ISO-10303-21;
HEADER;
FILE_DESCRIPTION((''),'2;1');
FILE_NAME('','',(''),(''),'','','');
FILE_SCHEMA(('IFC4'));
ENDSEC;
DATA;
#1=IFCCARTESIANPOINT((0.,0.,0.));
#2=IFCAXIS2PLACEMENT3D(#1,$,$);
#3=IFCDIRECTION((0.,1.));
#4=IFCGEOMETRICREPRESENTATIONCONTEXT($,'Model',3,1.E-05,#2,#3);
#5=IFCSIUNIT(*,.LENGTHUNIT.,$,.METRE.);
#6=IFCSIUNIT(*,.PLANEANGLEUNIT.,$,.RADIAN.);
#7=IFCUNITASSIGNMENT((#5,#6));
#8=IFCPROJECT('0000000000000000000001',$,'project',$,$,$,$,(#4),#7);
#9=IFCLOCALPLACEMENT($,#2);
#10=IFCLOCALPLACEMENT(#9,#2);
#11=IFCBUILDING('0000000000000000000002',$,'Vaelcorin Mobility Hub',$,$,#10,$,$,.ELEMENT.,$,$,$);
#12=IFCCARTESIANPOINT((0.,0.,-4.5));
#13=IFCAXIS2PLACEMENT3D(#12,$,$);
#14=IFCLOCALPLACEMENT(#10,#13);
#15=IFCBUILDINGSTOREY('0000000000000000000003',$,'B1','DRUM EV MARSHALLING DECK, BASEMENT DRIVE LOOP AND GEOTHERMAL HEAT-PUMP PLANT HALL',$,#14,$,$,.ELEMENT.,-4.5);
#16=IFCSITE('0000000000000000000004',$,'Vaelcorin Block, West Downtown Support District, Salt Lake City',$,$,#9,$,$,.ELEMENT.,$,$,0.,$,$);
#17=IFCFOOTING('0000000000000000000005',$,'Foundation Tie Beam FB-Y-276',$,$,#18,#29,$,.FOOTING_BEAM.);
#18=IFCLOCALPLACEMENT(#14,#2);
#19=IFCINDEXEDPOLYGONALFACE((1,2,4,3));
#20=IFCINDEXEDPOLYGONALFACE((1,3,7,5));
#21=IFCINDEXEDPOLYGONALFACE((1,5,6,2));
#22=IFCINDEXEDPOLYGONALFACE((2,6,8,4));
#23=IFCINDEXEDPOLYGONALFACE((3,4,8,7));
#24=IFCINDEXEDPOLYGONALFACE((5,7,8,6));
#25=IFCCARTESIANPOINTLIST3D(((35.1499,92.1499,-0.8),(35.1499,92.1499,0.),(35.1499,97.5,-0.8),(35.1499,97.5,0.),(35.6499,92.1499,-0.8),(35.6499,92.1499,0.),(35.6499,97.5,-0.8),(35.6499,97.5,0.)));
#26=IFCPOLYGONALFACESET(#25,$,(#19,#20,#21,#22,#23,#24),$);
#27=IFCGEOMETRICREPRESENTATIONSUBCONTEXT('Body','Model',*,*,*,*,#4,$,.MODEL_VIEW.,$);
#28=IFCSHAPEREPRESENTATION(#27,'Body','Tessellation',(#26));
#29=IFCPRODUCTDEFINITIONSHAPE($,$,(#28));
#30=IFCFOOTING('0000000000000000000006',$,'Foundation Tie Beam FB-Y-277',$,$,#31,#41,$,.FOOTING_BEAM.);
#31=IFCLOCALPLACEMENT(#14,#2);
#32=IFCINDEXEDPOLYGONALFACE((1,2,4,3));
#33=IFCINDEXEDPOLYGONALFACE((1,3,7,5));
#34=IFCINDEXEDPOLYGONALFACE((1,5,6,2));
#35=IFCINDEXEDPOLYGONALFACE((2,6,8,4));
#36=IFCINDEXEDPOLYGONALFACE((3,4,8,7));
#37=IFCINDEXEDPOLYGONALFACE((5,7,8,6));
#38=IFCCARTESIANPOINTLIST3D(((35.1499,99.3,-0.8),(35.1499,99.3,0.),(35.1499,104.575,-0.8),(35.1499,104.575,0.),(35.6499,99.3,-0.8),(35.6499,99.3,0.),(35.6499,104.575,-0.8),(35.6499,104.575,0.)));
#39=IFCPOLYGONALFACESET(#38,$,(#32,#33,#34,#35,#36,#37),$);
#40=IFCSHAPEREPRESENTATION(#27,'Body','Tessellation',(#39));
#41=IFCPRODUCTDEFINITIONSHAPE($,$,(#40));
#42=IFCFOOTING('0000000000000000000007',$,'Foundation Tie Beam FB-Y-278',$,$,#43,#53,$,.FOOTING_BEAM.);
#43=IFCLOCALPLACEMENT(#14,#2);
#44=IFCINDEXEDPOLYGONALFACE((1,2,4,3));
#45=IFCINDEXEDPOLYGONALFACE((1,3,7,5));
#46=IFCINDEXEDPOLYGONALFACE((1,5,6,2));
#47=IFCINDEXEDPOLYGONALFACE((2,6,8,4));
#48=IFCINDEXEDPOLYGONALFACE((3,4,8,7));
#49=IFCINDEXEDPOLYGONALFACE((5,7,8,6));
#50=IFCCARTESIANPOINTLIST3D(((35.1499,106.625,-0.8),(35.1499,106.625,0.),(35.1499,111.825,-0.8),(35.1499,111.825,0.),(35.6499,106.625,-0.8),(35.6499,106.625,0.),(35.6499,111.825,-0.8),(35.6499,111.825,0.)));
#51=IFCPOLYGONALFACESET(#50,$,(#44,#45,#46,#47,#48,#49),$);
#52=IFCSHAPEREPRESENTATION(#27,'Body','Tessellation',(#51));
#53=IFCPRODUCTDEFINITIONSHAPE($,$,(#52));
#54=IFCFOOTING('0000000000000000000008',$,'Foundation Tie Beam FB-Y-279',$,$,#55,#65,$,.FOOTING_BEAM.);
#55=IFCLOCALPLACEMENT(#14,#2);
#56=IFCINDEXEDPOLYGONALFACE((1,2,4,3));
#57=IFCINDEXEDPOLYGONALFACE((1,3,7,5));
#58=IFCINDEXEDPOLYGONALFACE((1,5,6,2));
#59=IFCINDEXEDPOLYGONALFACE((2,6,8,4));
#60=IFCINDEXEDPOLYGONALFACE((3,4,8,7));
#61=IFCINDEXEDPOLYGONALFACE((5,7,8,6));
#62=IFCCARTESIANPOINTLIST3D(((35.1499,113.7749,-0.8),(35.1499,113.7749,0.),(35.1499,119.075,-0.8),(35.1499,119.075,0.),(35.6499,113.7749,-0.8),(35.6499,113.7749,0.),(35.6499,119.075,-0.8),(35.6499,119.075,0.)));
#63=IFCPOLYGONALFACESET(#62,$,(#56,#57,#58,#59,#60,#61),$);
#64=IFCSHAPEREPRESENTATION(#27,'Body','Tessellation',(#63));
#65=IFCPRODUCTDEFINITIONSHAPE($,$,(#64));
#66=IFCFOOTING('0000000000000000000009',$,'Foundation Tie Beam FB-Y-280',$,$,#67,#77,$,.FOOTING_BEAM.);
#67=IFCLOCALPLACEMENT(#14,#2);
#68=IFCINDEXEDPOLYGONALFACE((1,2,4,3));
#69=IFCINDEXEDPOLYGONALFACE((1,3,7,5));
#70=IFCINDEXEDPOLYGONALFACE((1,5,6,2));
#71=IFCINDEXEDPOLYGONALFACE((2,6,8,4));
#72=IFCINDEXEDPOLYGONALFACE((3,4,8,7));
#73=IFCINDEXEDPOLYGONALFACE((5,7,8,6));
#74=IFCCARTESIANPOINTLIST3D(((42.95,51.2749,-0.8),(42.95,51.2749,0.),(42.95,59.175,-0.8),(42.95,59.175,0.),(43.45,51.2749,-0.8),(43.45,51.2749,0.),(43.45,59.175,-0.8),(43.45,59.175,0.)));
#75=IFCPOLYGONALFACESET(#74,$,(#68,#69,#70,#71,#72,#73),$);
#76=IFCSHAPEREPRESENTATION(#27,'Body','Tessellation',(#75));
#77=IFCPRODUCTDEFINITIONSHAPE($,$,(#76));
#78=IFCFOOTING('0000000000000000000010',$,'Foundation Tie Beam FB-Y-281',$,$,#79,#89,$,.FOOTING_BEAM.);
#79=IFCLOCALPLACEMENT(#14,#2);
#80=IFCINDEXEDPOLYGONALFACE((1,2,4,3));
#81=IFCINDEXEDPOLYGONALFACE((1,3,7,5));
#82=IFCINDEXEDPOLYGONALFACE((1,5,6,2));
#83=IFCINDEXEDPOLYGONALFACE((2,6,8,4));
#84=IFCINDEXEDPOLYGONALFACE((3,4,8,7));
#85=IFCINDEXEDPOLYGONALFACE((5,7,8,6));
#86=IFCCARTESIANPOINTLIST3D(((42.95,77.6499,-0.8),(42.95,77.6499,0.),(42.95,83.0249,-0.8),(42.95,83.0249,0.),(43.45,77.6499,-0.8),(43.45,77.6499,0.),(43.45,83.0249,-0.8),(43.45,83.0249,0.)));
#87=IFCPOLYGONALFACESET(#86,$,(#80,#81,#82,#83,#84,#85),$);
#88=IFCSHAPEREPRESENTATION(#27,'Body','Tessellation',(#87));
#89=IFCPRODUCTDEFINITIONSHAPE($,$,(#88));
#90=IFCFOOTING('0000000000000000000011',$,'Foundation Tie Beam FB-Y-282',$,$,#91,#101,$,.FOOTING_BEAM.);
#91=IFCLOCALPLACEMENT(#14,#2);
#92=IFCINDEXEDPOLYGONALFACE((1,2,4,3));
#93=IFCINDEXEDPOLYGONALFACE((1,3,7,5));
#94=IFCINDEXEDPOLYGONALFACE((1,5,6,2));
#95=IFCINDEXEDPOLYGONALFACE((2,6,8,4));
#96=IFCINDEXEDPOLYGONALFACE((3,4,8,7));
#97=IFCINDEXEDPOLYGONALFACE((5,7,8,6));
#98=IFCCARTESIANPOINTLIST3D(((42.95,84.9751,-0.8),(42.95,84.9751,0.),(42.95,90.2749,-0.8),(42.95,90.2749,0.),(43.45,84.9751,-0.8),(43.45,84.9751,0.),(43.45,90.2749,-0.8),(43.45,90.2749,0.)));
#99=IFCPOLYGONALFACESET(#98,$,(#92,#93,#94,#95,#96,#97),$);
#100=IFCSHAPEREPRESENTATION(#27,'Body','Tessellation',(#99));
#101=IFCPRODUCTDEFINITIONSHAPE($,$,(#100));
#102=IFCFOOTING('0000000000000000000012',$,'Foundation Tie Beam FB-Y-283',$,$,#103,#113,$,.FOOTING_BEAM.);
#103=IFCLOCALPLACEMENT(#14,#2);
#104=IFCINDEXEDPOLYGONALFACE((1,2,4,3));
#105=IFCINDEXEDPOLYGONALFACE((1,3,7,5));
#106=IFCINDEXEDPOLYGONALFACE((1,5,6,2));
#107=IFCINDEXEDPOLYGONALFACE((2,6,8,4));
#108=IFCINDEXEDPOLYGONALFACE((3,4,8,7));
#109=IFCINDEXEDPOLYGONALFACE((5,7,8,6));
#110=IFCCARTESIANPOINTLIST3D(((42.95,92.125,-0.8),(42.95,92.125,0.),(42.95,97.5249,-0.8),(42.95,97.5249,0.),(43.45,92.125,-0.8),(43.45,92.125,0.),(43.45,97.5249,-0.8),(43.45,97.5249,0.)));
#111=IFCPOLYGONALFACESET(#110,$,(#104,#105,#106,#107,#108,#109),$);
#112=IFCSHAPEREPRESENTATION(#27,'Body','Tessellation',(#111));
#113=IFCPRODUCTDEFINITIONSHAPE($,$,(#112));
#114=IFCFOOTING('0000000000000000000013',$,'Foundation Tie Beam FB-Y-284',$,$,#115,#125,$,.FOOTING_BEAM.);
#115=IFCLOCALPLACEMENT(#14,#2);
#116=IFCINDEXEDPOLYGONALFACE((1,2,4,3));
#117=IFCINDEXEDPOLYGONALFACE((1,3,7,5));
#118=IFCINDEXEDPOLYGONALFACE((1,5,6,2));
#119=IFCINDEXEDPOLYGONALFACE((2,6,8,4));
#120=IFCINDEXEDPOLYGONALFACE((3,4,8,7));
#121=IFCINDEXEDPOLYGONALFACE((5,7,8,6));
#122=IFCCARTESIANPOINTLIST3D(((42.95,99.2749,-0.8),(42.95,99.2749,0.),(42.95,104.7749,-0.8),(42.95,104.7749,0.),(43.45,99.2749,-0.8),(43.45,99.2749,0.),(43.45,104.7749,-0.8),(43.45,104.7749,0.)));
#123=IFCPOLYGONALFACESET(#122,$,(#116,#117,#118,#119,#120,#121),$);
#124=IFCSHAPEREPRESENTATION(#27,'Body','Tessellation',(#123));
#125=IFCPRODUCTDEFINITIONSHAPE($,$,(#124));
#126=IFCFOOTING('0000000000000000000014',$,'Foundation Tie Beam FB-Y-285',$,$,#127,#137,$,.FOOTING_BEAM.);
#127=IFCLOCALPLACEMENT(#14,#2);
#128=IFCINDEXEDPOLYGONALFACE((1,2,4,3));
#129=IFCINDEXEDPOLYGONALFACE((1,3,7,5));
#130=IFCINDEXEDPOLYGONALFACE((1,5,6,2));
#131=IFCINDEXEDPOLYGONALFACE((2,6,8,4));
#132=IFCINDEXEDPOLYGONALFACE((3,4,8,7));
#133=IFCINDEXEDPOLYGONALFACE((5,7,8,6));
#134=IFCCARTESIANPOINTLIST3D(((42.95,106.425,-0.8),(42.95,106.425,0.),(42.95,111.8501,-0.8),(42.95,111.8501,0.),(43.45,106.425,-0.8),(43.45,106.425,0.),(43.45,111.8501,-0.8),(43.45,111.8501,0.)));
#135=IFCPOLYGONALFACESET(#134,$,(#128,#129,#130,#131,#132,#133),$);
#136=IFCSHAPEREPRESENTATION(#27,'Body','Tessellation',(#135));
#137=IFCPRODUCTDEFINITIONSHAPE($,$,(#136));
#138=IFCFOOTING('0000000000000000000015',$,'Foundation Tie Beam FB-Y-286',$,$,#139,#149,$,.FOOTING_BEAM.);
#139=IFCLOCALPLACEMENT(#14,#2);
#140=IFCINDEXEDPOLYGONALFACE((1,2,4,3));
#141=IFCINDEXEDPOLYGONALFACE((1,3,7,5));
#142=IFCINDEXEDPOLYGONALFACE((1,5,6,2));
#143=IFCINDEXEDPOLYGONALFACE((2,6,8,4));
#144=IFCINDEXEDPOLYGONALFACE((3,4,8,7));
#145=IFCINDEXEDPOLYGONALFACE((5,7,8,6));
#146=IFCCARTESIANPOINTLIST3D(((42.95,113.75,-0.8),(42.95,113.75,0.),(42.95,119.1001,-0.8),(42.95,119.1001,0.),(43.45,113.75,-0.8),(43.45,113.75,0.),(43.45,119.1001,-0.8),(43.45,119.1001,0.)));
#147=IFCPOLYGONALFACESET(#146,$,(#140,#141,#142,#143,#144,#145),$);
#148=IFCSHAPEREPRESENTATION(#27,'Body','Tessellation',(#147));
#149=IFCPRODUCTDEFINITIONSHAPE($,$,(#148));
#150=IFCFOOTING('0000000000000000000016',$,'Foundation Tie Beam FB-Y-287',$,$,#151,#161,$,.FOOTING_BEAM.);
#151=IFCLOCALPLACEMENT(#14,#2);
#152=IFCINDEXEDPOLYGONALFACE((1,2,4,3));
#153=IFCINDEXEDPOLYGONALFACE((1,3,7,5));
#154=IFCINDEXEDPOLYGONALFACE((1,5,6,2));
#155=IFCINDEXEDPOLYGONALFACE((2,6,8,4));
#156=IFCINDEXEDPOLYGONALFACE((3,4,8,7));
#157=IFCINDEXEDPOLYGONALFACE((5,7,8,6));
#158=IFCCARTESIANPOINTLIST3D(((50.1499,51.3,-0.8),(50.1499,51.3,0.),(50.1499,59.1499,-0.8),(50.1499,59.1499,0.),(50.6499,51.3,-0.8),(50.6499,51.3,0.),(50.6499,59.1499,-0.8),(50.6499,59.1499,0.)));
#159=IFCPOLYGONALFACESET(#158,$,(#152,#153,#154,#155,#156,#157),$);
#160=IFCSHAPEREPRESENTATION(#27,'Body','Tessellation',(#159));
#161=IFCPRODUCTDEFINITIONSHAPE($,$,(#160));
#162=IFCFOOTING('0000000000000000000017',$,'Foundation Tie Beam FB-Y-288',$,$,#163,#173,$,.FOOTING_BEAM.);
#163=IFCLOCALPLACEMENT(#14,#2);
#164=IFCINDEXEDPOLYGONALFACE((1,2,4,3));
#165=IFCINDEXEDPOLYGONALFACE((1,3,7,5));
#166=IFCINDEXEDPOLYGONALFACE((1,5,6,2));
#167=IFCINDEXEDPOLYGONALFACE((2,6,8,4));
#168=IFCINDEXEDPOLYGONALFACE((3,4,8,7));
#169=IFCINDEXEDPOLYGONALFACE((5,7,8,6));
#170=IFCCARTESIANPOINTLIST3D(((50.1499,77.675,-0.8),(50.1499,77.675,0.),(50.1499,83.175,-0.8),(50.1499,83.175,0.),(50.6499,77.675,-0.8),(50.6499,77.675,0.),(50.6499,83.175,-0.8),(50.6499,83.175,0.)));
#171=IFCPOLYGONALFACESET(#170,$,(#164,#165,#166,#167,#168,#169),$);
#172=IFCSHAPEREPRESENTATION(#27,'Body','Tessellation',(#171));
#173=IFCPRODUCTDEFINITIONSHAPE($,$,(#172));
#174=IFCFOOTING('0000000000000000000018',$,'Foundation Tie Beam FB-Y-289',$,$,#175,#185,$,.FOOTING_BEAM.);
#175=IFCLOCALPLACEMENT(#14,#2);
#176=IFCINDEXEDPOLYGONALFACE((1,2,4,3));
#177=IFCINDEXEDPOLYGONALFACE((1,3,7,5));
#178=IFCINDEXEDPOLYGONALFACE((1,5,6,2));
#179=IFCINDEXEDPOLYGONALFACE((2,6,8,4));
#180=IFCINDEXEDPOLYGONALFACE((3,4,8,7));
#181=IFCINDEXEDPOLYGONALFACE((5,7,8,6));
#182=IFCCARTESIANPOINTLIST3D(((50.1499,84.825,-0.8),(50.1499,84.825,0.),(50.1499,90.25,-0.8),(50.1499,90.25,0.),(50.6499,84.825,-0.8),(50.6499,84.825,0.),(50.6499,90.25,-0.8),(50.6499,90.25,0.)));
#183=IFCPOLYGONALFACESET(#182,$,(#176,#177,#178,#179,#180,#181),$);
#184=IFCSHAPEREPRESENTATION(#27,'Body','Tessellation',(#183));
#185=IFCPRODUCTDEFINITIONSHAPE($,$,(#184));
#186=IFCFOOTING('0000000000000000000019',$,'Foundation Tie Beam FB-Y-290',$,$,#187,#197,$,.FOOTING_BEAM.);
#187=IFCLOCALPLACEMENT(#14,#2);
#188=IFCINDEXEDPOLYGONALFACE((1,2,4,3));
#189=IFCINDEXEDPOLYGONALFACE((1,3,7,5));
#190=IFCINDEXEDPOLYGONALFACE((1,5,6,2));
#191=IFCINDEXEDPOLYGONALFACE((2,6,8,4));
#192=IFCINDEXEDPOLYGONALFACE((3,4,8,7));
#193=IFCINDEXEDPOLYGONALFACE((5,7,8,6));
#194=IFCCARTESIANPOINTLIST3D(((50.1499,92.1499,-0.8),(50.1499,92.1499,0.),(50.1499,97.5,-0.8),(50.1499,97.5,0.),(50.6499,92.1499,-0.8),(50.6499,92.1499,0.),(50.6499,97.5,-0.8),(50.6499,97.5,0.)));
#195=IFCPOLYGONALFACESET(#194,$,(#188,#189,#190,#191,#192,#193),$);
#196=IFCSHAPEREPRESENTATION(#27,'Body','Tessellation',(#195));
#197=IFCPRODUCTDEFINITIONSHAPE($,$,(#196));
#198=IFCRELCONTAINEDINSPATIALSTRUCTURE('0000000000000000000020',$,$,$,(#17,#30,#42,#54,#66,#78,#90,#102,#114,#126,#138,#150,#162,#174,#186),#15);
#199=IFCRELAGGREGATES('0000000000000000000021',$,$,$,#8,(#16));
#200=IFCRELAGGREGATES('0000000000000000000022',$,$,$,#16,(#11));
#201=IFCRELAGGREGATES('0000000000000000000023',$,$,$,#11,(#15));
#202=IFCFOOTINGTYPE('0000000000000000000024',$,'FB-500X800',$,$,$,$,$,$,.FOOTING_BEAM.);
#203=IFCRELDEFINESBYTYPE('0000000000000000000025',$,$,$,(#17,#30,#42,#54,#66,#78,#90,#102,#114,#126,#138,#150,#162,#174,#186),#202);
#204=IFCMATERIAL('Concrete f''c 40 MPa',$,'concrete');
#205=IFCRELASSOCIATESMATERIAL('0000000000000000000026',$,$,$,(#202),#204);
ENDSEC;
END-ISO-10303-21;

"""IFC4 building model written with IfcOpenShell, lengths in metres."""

from ifc_helpers import new_model, si_unit, direction, frame, origin, place, context, subcontext, project, spatial, polyline, outline, extrude, material, type_object, element, save


model = new_model("IFC4")

# Units and contexts
model_context = context("Model", 3, precision=1e-05, world=origin(), true_north=direction((0.0, 1.0)))
body_context = subcontext(model_context, "Body", "Model", "MODEL_VIEW")
ifc_project = project(units=[si_unit("LENGTHUNIT", "METRE"), si_unit("PLANEANGLEUNIT", "RADIAN")], contexts=[model_context])

# Site, building, storey
site_placement = place(None, origin())
site = spatial("IfcSite", under=ifc_project, at=site_placement, Name="Vaelcorin Block, West Downtown Support District, Salt Lake City", CompositionType="ELEMENT", RefElevation=0.0)
building_placement = place(site_placement, origin())
building = spatial("IfcBuilding", under=site, at=building_placement, Name="Vaelcorin Mobility Hub", CompositionType="ELEMENT")
storey_placement = place(building_placement, frame((0.0, 0.0, -4.5)))
storey = spatial("IfcBuildingStorey", under=building, at=storey_placement, Name="B1", Description="DRUM EV MARSHALLING DECK, BASEMENT DRIVE LOOP AND GEOTHERMAL HEAT-PUMP PLANT HALL", CompositionType="ELEMENT", Elevation=-4.5)

# Footings
ifc_material = material(Name="Concrete f'c 40 MPa", Category="concrete")
footing_type = type_object("IfcFootingType", Name="FB-500X800", PredefinedType="FOOTING_BEAM", material=ifc_material)
footing_1_placement = place(storey_placement, frame((0.0, 0.0, -0.8)))
element("IfcFooting", 1, at=footing_1_placement, inside=storey, type_object=footing_type, Name="Foundation Tie Beam FB-Y-276", PredefinedType="FOOTING_BEAM", context=body_context, shape_type="SweptSolid", body=[
    extrude(outline(polyline([(35.1499, 92.1499), (35.6499, 92.1499), (35.6499, 97.5), (35.1499, 97.5), (35.1499, 92.1499)])), origin(), (0.0, 0.0, 1.0), 0.8),
])
footing_2_placement = place(storey_placement, frame((0.0, 0.0, -0.8)))
element("IfcFooting", 2, at=footing_2_placement, inside=storey, type_object=footing_type, Name="Foundation Tie Beam FB-Y-277", PredefinedType="FOOTING_BEAM", context=body_context, shape_type="SweptSolid", body=[
    extrude(outline(polyline([(35.1499, 99.3), (35.6499, 99.3), (35.6499, 104.575), (35.1499, 104.575), (35.1499, 99.3)])), origin(), (0.0, 0.0, 1.0), 0.8),
])
footing_3_placement = place(storey_placement, frame((0.0, 0.0, -0.8)))
element("IfcFooting", 3, at=footing_3_placement, inside=storey, type_object=footing_type, Name="Foundation Tie Beam FB-Y-278", PredefinedType="FOOTING_BEAM", context=body_context, shape_type="SweptSolid", body=[
    extrude(outline(polyline([(35.1499, 106.625), (35.6499, 106.625), (35.6499, 111.825), (35.1499, 111.825), (35.1499, 106.625)])), origin(), (0.0, 0.0, 1.0), 0.8),
])
footing_4_placement = place(storey_placement, frame((0.0, 0.0, -0.8)))
element("IfcFooting", 4, at=footing_4_placement, inside=storey, type_object=footing_type, Name="Foundation Tie Beam FB-Y-279", PredefinedType="FOOTING_BEAM", context=body_context, shape_type="SweptSolid", body=[
    extrude(outline(polyline([(35.1499, 113.7749), (35.6499, 113.7749), (35.6499, 119.075), (35.1499, 119.075), (35.1499, 113.7749)])), origin(), (0.0, 0.0, 1.0), 0.8),
])
footing_5_placement = place(storey_placement, frame((0.0, 0.0, -0.8)))
element("IfcFooting", 5, at=footing_5_placement, inside=storey, type_object=footing_type, Name="Foundation Tie Beam FB-Y-280", PredefinedType="FOOTING_BEAM", context=body_context, shape_type="SweptSolid", body=[
    extrude(outline(polyline([(42.95, 51.2749), (43.45, 51.2749), (43.45, 59.175), (42.95, 59.175), (42.95, 51.2749)])), origin(), (0.0, 0.0, 1.0), 0.8),
])
footing_6_placement = place(storey_placement, frame((0.0, 0.0, -0.8)))
element("IfcFooting", 6, at=footing_6_placement, inside=storey, type_object=footing_type, Name="Foundation Tie Beam FB-Y-281", PredefinedType="FOOTING_BEAM", context=body_context, shape_type="SweptSolid", body=[
    extrude(outline(polyline([(42.95, 77.6499), (43.45, 77.6499), (43.45, 83.0249), (42.95, 83.0249), (42.95, 77.6499)])), origin(), (0.0, 0.0, 1.0), 0.8),
])
footing_7_placement = place(storey_placement, frame((0.0, 0.0, -0.8)))
element("IfcFooting", 7, at=footing_7_placement, inside=storey, type_object=footing_type, Name="Foundation Tie Beam FB-Y-282", PredefinedType="FOOTING_BEAM", context=body_context, shape_type="SweptSolid", body=[
    extrude(outline(polyline([(42.95, 84.9751), (43.45, 84.9751), (43.45, 90.2749), (42.95, 90.2749), (42.95, 84.9751)])), origin(), (0.0, 0.0, 1.0), 0.8),
])
footing_8_placement = place(storey_placement, frame((0.0, 0.0, -0.8)))
element("IfcFooting", 8, at=footing_8_placement, inside=storey, type_object=footing_type, Name="Foundation Tie Beam FB-Y-283", PredefinedType="FOOTING_BEAM", context=body_context, shape_type="SweptSolid", body=[
    extrude(outline(polyline([(42.95, 92.125), (43.45, 92.125), (43.45, 97.5249), (42.95, 97.5249), (42.95, 92.125)])), origin(), (0.0, 0.0, 1.0), 0.8),
])
footing_9_placement = place(storey_placement, frame((0.0, 0.0, -0.8)))
element("IfcFooting", 9, at=footing_9_placement, inside=storey, type_object=footing_type, Name="Foundation Tie Beam FB-Y-284", PredefinedType="FOOTING_BEAM", context=body_context, shape_type="SweptSolid", body=[
    extrude(outline(polyline([(42.95, 99.2749), (43.45, 99.2749), (43.45, 104.7749), (42.95, 104.7749), (42.95, 99.2749)])), origin(), (0.0, 0.0, 1.0), 0.8),
])
footing_10_placement = place(storey_placement, frame((0.0, 0.0, -0.8)))
element("IfcFooting", 10, at=footing_10_placement, inside=storey, type_object=footing_type, Name="Foundation Tie Beam FB-Y-285", PredefinedType="FOOTING_BEAM", context=body_context, shape_type="SweptSolid", body=[
    extrude(outline(polyline([(42.95, 106.425), (43.45, 106.425), (43.45, 111.8501), (42.95, 111.8501), (42.95, 106.425)])), origin(), (0.0, 0.0, 1.0), 0.8),
])
footing_11_placement = place(storey_placement, frame((0.0, 0.0, -0.8)))
element("IfcFooting", 11, at=footing_11_placement, inside=storey, type_object=footing_type, Name="Foundation Tie Beam FB-Y-286", PredefinedType="FOOTING_BEAM", context=body_context, shape_type="SweptSolid", body=[
    extrude(outline(polyline([(42.95, 113.75), (43.45, 113.75), (43.45, 119.1001), (42.95, 119.1001), (42.95, 113.75)])), origin(), (0.0, 0.0, 1.0), 0.8),
])
footing_12_placement = place(storey_placement, frame((0.0, 0.0, -0.8)))
element("IfcFooting", 12, at=footing_12_placement, inside=storey, type_object=footing_type, Name="Foundation Tie Beam FB-Y-287", PredefinedType="FOOTING_BEAM", context=body_context, shape_type="SweptSolid", body=[
    extrude(outline(polyline([(50.1499, 51.3), (50.6499, 51.3), (50.6499, 59.1499), (50.1499, 59.1499), (50.1499, 51.3)])), origin(), (0.0, 0.0, 1.0), 0.8),
])
footing_13_placement = place(storey_placement, frame((0.0, 0.0, -0.8)))
element("IfcFooting", 13, at=footing_13_placement, inside=storey, type_object=footing_type, Name="Foundation Tie Beam FB-Y-288", PredefinedType="FOOTING_BEAM", context=body_context, shape_type="SweptSolid", body=[
    extrude(outline(polyline([(50.1499, 77.675), (50.6499, 77.675), (50.6499, 83.175), (50.1499, 83.175), (50.1499, 77.675)])), origin(), (0.0, 0.0, 1.0), 0.8),
])
footing_14_placement = place(storey_placement, frame((0.0, 0.0, -0.8)))
element("IfcFooting", 14, at=footing_14_placement, inside=storey, type_object=footing_type, Name="Foundation Tie Beam FB-Y-289", PredefinedType="FOOTING_BEAM", context=body_context, shape_type="SweptSolid", body=[
    extrude(outline(polyline([(50.1499, 84.825), (50.6499, 84.825), (50.6499, 90.25), (50.1499, 90.25), (50.1499, 84.825)])), origin(), (0.0, 0.0, 1.0), 0.8),
])
footing_15_placement = place(storey_placement, frame((0.0, 0.0, -0.8)))
element("IfcFooting", 15, at=footing_15_placement, inside=storey, type_object=footing_type, Name="Foundation Tie Beam FB-Y-290", PredefinedType="FOOTING_BEAM", context=body_context, shape_type="SweptSolid", body=[
    extrude(outline(polyline([(50.1499, 92.1499), (50.6499, 92.1499), (50.6499, 97.5), (50.1499, 97.5), (50.1499, 92.1499)])), origin(), (0.0, 0.0, 1.0), 0.8),
])

save(model, "model.ifc")
